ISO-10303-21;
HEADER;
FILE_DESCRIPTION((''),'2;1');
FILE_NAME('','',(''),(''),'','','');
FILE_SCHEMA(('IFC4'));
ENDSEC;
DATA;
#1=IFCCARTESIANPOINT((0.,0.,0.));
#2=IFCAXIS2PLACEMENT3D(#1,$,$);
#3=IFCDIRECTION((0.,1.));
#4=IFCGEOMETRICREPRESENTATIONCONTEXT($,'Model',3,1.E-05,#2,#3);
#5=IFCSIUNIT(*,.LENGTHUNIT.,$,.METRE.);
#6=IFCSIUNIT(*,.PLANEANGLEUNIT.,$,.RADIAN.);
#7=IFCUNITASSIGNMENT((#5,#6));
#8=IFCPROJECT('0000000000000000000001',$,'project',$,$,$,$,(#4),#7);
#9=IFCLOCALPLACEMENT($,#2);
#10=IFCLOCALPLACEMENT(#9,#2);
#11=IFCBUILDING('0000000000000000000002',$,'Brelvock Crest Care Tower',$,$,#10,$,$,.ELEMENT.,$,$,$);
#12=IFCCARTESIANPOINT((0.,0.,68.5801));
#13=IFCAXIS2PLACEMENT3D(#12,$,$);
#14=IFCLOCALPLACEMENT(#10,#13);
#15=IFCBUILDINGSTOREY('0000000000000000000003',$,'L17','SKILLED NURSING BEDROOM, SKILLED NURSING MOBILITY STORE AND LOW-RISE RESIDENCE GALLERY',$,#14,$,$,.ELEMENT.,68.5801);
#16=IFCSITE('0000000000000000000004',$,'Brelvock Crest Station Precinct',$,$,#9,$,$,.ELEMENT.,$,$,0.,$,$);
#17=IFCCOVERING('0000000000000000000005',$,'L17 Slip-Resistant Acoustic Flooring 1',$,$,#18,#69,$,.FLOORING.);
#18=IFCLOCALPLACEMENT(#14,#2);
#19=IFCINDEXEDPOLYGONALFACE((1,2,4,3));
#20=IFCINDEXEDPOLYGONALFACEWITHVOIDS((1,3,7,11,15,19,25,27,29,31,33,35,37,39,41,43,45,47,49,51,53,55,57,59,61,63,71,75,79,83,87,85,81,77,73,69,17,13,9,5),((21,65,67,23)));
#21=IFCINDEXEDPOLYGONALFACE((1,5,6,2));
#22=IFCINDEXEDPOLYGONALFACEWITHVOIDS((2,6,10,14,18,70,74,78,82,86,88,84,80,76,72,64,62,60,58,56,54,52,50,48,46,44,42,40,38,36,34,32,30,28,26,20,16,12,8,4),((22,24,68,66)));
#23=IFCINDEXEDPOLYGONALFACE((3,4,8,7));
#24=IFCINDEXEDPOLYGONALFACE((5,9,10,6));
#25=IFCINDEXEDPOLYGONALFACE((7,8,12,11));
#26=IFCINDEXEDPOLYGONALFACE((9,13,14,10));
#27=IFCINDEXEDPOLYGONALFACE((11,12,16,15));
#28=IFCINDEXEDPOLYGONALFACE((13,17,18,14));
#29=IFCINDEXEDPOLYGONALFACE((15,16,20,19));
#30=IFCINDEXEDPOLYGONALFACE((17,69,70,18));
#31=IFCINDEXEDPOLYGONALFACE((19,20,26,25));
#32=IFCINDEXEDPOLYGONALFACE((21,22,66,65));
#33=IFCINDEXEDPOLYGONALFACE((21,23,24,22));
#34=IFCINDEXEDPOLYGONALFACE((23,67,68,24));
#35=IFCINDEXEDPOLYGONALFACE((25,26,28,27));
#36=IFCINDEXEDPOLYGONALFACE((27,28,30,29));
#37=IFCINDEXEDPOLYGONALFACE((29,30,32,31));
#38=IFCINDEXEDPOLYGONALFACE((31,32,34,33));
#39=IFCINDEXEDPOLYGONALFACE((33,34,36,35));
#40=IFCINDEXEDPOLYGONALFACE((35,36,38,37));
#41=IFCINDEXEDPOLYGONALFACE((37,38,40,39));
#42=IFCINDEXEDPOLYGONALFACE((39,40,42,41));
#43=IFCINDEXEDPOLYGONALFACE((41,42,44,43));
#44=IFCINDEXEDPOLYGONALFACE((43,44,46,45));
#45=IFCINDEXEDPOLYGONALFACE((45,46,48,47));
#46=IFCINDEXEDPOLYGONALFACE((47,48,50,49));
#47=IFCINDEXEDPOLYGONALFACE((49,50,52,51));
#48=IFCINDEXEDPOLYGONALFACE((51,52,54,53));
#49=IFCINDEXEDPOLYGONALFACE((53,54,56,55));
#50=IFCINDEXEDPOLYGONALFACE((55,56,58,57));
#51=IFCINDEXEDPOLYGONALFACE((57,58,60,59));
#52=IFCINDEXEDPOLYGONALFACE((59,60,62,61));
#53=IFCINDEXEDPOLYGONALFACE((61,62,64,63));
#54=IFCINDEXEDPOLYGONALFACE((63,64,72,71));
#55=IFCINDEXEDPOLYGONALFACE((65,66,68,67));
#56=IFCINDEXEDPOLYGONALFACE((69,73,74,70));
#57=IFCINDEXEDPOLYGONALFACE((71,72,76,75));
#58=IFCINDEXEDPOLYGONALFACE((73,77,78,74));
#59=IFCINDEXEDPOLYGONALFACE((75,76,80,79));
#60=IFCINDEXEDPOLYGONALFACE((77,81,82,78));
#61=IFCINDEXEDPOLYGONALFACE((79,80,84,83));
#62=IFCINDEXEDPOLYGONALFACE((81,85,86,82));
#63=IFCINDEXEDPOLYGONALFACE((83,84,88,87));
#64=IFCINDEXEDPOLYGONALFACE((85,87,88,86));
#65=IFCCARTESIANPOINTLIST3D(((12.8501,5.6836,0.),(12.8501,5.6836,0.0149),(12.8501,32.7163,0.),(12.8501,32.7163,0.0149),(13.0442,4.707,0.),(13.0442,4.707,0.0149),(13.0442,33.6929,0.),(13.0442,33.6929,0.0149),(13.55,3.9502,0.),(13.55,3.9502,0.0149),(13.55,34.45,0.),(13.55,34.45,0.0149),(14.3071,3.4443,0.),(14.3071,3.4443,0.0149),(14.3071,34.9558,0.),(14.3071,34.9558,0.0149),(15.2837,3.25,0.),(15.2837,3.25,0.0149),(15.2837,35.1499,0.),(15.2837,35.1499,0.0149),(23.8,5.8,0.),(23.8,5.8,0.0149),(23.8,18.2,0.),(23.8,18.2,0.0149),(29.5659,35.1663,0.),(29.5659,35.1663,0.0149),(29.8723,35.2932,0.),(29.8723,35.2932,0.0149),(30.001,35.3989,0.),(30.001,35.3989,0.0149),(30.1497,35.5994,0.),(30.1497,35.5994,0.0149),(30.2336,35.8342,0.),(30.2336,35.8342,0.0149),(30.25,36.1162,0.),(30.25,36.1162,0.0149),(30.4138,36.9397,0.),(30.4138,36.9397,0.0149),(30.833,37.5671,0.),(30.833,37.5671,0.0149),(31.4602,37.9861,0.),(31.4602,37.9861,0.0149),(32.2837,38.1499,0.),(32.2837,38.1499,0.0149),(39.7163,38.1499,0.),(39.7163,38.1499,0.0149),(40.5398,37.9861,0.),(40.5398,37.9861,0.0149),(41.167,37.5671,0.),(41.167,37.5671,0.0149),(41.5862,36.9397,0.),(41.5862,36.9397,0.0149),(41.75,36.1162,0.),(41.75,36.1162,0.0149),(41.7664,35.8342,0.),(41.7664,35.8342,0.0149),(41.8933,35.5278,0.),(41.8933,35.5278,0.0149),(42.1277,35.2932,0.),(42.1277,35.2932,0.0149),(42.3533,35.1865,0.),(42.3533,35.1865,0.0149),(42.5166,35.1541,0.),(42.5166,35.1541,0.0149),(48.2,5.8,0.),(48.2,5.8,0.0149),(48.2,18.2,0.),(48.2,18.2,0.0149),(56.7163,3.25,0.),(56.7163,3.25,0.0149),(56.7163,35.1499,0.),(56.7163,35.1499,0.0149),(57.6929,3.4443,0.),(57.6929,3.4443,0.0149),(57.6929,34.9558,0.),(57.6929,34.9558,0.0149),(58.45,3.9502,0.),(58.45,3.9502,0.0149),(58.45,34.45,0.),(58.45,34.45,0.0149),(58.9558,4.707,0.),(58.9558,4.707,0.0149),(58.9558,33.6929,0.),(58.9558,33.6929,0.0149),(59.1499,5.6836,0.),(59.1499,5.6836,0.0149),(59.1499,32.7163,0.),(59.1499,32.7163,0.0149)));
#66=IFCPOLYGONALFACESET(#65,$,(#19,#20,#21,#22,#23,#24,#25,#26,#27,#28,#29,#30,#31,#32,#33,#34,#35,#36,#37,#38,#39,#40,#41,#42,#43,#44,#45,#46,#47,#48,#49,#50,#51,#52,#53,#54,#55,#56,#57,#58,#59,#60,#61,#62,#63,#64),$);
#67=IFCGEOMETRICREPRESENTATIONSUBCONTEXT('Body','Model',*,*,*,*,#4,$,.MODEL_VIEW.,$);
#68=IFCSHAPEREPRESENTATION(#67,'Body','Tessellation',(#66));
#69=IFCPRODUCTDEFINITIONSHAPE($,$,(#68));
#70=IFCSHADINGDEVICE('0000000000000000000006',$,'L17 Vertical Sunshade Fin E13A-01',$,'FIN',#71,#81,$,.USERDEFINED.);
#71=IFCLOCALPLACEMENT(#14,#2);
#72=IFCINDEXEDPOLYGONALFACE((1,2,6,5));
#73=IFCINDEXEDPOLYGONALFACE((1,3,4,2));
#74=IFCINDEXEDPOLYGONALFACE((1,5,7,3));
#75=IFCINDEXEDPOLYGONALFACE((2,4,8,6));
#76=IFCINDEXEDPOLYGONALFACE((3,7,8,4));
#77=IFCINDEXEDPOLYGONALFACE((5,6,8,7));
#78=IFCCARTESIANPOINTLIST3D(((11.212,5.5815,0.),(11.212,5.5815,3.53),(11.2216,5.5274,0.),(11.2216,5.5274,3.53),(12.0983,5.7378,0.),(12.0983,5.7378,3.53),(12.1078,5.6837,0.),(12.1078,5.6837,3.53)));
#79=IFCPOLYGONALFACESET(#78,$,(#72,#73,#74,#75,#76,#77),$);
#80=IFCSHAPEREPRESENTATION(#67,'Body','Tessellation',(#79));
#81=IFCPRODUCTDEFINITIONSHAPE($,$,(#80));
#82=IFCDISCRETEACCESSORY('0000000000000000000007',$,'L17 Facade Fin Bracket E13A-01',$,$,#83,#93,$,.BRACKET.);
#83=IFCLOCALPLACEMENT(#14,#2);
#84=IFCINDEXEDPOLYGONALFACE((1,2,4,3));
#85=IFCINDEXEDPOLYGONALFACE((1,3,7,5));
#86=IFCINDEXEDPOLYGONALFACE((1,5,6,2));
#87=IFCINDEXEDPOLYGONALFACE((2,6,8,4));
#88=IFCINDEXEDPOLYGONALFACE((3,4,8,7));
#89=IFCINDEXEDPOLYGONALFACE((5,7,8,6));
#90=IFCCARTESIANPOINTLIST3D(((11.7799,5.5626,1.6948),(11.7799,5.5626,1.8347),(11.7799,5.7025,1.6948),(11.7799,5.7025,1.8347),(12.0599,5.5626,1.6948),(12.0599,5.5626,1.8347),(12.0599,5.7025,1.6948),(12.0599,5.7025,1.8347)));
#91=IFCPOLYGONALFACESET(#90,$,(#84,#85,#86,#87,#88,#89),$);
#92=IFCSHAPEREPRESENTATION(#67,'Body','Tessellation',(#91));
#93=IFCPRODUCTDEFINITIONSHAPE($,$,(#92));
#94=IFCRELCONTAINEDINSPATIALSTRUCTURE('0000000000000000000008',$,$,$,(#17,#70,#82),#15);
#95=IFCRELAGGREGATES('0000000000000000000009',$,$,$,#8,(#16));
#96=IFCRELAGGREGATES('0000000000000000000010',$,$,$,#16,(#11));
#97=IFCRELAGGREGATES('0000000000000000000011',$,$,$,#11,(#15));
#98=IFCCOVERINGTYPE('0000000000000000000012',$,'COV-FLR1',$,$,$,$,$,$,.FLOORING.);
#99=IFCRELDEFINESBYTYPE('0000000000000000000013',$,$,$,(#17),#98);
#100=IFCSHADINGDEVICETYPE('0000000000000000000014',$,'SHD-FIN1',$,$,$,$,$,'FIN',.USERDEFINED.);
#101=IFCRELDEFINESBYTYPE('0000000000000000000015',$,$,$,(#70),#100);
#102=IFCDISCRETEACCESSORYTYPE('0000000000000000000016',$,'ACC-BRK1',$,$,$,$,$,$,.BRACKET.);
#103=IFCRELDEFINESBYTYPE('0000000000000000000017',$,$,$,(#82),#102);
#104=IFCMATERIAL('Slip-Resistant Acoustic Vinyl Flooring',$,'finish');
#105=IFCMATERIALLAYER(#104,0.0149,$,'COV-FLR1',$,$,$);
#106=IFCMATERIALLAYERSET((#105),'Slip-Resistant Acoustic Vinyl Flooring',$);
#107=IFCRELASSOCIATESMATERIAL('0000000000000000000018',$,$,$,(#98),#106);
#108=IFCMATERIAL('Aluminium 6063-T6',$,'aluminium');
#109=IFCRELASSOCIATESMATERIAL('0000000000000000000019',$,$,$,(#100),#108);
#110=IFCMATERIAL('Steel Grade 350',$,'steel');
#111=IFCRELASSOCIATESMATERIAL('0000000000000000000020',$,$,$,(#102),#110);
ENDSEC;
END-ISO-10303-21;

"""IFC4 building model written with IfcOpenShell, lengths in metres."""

from ifc_helpers import new_model, si_unit, direction, frame, origin, origin_2d, place, context, subcontext, project, spatial, polyline, rectangle, outline, extrude, source, transform, mapped, material, layer, layer_set, material_profile, profile_set, type_object, element, save


model = new_model("IFC4")

# Units and contexts
model_context = context("Model", 3, precision=1e-05, world=origin(), true_north=direction((0.0, 1.0)))
body_context = subcontext(model_context, "Body", "Model", "MODEL_VIEW")
ifc_project = project(units=[si_unit("LENGTHUNIT", "METRE"), si_unit("PLANEANGLEUNIT", "RADIAN")], contexts=[model_context])

# Site, building, storey
site_placement = place(None, origin())
site = spatial("IfcSite", under=ifc_project, at=site_placement, Name="Brelvock Crest Station Precinct", CompositionType="ELEMENT", RefElevation=0.0)
building_placement = place(site_placement, origin())
building = spatial("IfcBuilding", under=site, at=building_placement, Name="Brelvock Crest Care Tower", CompositionType="ELEMENT")
storey_placement = place(building_placement, frame((0.0, 0.0, 68.5801)))
storey = spatial("IfcBuildingStorey", under=building, at=storey_placement, Name="L17", Description="SKILLED NURSING BEDROOM, SKILLED NURSING MOBILITY STORE AND LOW-RISE RESIDENCE GALLERY", CompositionType="ELEMENT", Elevation=68.5801)

# Shared definitions
ifc_material_1 = material(Name="Aluminium 6063-T6", Category="aluminium")

# Covering
ifc_material_2 = material(Name="Slip-Resistant Acoustic Vinyl Flooring", Category="finish")
ifc_layer_1 = layer(ifc_material_2, 0.0149, Name="COV-FLR1")
ifc_layer_set_1 = layer_set([ifc_layer_1], Name="Slip-Resistant Acoustic Vinyl Flooring")
covering_type_1 = type_object("IfcCoveringType", Name="COV-FLR1", PredefinedType="FLOORING", material=ifc_layer_set_1)
covering_1_placement = place(storey_placement, origin())
element("IfcCovering", 1, at=covering_1_placement, inside=storey, type_object=covering_type_1, Name="L17 Slip-Resistant Acoustic Flooring 1", PredefinedType="FLOORING", context=body_context, shape_type="SweptSolid", body=[
    extrude(outline(polyline([(56.7163, 35.1499), (42.5166, 35.1541), (42.3533, 35.1865), (42.1277, 35.2932), (41.8933, 35.5278), (41.7664, 35.8342), (41.75, 36.1162), (41.5862, 36.9397), (41.167, 37.5671), (40.5398, 37.9861), (39.7163, 38.1499), (32.2837, 38.1499), (31.4602, 37.9861), (30.833, 37.5671), (30.4138, 36.9397), (30.25, 36.1162), (30.2336, 35.8342), (30.1497, 35.5994), (30.001, 35.3989), (29.8723, 35.2932), (29.5659, 35.1663), (15.2837, 35.1499), (14.3071, 34.9558), (13.55, 34.45), (13.0442, 33.6929), (12.8501, 32.7163), (12.8501, 5.6836), (13.0442, 4.707), (13.55, 3.9502), (14.3071, 3.4443), (15.2837, 3.25), (56.7163, 3.25), (57.6929, 3.4443), (58.45, 3.9502), (58.9558, 4.707), (59.1499, 5.6836), (59.1499, 32.7163), (58.9558, 33.6929), (58.45, 34.45), (57.6929, 34.9558), (56.7163, 35.1499)]), holes=[polyline([(48.2, 5.8), (48.2, 18.2), (23.8, 18.2), (23.8, 5.8), (48.2, 5.8)])]), origin(), (0.0, 0.0, 1.0), 0.0149),
])

# Shading device
ifc_material_profile_1 = material_profile(ifc_material_1, rectangle(XDim=0.0549, YDim=0.8999, at=origin_2d()), Name="FIN55x900")
ifc_profile_set_1 = profile_set([ifc_material_profile_1], Name="Aluminium 6063-T6")
shading_device_type = type_object("IfcShadingDeviceType", Name="SHD-FIN1", ElementType="FIN", PredefinedType="USERDEFINED", material=ifc_profile_set_1)
shared_shape_1 = source(origin(), body_context, "Body", "SweptSolid", [
    extrude(rectangle(XDim=0.0549, YDim=0.8999, at=origin_2d()), origin(), (0.0, 0.0, 1.0), 3.53),
])
shading_device_placement = place(storey_placement, frame((11.6599, 5.6326, 0.0), z_axis=(0.0, 0.0, 1.0), x_axis=(-0.173648, 0.984808, 0.0)))
element("IfcShadingDevice", 2, at=shading_device_placement, inside=storey, type_object=shading_device_type, Name="L17 Vertical Sunshade Fin E13A-01", ObjectType="FIN", PredefinedType="USERDEFINED", context=body_context, shape_type="MappedRepresentation", body=[
    mapped(shared_shape_1, transform((0.0, 0.0, 0.0), x_axis=(1.0, 0.0, 0.0), y_axis=(0.0, 1.0, 0.0), z_axis=(0.0, 0.0, 1.0), scale=1.0)),
])

# Discrete accessory
ifc_material_3 = material(Name="Steel Grade 350", Category="steel")
discrete_accessory_type = type_object("IfcDiscreteAccessoryType", Name="ACC-BRK1", PredefinedType="BRACKET", material=ifc_material_3)
shared_shape_2 = source(origin(), body_context, "Body", "SweptSolid", [
    extrude(rectangle(XDim=0.28, YDim=0.1399, at=origin_2d()), origin(), (0.0, 0.0, 1.0), 0.1399),
])
discrete_accessory_placement = place(storey_placement, frame((11.9199, 5.6326, 1.6948), z_axis=(0.0, 0.0, 1.0), x_axis=(-1.0, 0.0, 0.0)))
element("IfcDiscreteAccessory", 3, at=discrete_accessory_placement, inside=storey, type_object=discrete_accessory_type, Name="L17 Facade Fin Bracket E13A-01", PredefinedType="BRACKET", context=body_context, shape_type="MappedRepresentation", body=[
    mapped(shared_shape_2, transform((0.0, 0.0, 0.0), x_axis=(1.0, 0.0, 0.0), y_axis=(0.0, 1.0, 0.0), z_axis=(0.0, 0.0, 1.0), scale=1.0)),
])

save(model, "model.ifc")
